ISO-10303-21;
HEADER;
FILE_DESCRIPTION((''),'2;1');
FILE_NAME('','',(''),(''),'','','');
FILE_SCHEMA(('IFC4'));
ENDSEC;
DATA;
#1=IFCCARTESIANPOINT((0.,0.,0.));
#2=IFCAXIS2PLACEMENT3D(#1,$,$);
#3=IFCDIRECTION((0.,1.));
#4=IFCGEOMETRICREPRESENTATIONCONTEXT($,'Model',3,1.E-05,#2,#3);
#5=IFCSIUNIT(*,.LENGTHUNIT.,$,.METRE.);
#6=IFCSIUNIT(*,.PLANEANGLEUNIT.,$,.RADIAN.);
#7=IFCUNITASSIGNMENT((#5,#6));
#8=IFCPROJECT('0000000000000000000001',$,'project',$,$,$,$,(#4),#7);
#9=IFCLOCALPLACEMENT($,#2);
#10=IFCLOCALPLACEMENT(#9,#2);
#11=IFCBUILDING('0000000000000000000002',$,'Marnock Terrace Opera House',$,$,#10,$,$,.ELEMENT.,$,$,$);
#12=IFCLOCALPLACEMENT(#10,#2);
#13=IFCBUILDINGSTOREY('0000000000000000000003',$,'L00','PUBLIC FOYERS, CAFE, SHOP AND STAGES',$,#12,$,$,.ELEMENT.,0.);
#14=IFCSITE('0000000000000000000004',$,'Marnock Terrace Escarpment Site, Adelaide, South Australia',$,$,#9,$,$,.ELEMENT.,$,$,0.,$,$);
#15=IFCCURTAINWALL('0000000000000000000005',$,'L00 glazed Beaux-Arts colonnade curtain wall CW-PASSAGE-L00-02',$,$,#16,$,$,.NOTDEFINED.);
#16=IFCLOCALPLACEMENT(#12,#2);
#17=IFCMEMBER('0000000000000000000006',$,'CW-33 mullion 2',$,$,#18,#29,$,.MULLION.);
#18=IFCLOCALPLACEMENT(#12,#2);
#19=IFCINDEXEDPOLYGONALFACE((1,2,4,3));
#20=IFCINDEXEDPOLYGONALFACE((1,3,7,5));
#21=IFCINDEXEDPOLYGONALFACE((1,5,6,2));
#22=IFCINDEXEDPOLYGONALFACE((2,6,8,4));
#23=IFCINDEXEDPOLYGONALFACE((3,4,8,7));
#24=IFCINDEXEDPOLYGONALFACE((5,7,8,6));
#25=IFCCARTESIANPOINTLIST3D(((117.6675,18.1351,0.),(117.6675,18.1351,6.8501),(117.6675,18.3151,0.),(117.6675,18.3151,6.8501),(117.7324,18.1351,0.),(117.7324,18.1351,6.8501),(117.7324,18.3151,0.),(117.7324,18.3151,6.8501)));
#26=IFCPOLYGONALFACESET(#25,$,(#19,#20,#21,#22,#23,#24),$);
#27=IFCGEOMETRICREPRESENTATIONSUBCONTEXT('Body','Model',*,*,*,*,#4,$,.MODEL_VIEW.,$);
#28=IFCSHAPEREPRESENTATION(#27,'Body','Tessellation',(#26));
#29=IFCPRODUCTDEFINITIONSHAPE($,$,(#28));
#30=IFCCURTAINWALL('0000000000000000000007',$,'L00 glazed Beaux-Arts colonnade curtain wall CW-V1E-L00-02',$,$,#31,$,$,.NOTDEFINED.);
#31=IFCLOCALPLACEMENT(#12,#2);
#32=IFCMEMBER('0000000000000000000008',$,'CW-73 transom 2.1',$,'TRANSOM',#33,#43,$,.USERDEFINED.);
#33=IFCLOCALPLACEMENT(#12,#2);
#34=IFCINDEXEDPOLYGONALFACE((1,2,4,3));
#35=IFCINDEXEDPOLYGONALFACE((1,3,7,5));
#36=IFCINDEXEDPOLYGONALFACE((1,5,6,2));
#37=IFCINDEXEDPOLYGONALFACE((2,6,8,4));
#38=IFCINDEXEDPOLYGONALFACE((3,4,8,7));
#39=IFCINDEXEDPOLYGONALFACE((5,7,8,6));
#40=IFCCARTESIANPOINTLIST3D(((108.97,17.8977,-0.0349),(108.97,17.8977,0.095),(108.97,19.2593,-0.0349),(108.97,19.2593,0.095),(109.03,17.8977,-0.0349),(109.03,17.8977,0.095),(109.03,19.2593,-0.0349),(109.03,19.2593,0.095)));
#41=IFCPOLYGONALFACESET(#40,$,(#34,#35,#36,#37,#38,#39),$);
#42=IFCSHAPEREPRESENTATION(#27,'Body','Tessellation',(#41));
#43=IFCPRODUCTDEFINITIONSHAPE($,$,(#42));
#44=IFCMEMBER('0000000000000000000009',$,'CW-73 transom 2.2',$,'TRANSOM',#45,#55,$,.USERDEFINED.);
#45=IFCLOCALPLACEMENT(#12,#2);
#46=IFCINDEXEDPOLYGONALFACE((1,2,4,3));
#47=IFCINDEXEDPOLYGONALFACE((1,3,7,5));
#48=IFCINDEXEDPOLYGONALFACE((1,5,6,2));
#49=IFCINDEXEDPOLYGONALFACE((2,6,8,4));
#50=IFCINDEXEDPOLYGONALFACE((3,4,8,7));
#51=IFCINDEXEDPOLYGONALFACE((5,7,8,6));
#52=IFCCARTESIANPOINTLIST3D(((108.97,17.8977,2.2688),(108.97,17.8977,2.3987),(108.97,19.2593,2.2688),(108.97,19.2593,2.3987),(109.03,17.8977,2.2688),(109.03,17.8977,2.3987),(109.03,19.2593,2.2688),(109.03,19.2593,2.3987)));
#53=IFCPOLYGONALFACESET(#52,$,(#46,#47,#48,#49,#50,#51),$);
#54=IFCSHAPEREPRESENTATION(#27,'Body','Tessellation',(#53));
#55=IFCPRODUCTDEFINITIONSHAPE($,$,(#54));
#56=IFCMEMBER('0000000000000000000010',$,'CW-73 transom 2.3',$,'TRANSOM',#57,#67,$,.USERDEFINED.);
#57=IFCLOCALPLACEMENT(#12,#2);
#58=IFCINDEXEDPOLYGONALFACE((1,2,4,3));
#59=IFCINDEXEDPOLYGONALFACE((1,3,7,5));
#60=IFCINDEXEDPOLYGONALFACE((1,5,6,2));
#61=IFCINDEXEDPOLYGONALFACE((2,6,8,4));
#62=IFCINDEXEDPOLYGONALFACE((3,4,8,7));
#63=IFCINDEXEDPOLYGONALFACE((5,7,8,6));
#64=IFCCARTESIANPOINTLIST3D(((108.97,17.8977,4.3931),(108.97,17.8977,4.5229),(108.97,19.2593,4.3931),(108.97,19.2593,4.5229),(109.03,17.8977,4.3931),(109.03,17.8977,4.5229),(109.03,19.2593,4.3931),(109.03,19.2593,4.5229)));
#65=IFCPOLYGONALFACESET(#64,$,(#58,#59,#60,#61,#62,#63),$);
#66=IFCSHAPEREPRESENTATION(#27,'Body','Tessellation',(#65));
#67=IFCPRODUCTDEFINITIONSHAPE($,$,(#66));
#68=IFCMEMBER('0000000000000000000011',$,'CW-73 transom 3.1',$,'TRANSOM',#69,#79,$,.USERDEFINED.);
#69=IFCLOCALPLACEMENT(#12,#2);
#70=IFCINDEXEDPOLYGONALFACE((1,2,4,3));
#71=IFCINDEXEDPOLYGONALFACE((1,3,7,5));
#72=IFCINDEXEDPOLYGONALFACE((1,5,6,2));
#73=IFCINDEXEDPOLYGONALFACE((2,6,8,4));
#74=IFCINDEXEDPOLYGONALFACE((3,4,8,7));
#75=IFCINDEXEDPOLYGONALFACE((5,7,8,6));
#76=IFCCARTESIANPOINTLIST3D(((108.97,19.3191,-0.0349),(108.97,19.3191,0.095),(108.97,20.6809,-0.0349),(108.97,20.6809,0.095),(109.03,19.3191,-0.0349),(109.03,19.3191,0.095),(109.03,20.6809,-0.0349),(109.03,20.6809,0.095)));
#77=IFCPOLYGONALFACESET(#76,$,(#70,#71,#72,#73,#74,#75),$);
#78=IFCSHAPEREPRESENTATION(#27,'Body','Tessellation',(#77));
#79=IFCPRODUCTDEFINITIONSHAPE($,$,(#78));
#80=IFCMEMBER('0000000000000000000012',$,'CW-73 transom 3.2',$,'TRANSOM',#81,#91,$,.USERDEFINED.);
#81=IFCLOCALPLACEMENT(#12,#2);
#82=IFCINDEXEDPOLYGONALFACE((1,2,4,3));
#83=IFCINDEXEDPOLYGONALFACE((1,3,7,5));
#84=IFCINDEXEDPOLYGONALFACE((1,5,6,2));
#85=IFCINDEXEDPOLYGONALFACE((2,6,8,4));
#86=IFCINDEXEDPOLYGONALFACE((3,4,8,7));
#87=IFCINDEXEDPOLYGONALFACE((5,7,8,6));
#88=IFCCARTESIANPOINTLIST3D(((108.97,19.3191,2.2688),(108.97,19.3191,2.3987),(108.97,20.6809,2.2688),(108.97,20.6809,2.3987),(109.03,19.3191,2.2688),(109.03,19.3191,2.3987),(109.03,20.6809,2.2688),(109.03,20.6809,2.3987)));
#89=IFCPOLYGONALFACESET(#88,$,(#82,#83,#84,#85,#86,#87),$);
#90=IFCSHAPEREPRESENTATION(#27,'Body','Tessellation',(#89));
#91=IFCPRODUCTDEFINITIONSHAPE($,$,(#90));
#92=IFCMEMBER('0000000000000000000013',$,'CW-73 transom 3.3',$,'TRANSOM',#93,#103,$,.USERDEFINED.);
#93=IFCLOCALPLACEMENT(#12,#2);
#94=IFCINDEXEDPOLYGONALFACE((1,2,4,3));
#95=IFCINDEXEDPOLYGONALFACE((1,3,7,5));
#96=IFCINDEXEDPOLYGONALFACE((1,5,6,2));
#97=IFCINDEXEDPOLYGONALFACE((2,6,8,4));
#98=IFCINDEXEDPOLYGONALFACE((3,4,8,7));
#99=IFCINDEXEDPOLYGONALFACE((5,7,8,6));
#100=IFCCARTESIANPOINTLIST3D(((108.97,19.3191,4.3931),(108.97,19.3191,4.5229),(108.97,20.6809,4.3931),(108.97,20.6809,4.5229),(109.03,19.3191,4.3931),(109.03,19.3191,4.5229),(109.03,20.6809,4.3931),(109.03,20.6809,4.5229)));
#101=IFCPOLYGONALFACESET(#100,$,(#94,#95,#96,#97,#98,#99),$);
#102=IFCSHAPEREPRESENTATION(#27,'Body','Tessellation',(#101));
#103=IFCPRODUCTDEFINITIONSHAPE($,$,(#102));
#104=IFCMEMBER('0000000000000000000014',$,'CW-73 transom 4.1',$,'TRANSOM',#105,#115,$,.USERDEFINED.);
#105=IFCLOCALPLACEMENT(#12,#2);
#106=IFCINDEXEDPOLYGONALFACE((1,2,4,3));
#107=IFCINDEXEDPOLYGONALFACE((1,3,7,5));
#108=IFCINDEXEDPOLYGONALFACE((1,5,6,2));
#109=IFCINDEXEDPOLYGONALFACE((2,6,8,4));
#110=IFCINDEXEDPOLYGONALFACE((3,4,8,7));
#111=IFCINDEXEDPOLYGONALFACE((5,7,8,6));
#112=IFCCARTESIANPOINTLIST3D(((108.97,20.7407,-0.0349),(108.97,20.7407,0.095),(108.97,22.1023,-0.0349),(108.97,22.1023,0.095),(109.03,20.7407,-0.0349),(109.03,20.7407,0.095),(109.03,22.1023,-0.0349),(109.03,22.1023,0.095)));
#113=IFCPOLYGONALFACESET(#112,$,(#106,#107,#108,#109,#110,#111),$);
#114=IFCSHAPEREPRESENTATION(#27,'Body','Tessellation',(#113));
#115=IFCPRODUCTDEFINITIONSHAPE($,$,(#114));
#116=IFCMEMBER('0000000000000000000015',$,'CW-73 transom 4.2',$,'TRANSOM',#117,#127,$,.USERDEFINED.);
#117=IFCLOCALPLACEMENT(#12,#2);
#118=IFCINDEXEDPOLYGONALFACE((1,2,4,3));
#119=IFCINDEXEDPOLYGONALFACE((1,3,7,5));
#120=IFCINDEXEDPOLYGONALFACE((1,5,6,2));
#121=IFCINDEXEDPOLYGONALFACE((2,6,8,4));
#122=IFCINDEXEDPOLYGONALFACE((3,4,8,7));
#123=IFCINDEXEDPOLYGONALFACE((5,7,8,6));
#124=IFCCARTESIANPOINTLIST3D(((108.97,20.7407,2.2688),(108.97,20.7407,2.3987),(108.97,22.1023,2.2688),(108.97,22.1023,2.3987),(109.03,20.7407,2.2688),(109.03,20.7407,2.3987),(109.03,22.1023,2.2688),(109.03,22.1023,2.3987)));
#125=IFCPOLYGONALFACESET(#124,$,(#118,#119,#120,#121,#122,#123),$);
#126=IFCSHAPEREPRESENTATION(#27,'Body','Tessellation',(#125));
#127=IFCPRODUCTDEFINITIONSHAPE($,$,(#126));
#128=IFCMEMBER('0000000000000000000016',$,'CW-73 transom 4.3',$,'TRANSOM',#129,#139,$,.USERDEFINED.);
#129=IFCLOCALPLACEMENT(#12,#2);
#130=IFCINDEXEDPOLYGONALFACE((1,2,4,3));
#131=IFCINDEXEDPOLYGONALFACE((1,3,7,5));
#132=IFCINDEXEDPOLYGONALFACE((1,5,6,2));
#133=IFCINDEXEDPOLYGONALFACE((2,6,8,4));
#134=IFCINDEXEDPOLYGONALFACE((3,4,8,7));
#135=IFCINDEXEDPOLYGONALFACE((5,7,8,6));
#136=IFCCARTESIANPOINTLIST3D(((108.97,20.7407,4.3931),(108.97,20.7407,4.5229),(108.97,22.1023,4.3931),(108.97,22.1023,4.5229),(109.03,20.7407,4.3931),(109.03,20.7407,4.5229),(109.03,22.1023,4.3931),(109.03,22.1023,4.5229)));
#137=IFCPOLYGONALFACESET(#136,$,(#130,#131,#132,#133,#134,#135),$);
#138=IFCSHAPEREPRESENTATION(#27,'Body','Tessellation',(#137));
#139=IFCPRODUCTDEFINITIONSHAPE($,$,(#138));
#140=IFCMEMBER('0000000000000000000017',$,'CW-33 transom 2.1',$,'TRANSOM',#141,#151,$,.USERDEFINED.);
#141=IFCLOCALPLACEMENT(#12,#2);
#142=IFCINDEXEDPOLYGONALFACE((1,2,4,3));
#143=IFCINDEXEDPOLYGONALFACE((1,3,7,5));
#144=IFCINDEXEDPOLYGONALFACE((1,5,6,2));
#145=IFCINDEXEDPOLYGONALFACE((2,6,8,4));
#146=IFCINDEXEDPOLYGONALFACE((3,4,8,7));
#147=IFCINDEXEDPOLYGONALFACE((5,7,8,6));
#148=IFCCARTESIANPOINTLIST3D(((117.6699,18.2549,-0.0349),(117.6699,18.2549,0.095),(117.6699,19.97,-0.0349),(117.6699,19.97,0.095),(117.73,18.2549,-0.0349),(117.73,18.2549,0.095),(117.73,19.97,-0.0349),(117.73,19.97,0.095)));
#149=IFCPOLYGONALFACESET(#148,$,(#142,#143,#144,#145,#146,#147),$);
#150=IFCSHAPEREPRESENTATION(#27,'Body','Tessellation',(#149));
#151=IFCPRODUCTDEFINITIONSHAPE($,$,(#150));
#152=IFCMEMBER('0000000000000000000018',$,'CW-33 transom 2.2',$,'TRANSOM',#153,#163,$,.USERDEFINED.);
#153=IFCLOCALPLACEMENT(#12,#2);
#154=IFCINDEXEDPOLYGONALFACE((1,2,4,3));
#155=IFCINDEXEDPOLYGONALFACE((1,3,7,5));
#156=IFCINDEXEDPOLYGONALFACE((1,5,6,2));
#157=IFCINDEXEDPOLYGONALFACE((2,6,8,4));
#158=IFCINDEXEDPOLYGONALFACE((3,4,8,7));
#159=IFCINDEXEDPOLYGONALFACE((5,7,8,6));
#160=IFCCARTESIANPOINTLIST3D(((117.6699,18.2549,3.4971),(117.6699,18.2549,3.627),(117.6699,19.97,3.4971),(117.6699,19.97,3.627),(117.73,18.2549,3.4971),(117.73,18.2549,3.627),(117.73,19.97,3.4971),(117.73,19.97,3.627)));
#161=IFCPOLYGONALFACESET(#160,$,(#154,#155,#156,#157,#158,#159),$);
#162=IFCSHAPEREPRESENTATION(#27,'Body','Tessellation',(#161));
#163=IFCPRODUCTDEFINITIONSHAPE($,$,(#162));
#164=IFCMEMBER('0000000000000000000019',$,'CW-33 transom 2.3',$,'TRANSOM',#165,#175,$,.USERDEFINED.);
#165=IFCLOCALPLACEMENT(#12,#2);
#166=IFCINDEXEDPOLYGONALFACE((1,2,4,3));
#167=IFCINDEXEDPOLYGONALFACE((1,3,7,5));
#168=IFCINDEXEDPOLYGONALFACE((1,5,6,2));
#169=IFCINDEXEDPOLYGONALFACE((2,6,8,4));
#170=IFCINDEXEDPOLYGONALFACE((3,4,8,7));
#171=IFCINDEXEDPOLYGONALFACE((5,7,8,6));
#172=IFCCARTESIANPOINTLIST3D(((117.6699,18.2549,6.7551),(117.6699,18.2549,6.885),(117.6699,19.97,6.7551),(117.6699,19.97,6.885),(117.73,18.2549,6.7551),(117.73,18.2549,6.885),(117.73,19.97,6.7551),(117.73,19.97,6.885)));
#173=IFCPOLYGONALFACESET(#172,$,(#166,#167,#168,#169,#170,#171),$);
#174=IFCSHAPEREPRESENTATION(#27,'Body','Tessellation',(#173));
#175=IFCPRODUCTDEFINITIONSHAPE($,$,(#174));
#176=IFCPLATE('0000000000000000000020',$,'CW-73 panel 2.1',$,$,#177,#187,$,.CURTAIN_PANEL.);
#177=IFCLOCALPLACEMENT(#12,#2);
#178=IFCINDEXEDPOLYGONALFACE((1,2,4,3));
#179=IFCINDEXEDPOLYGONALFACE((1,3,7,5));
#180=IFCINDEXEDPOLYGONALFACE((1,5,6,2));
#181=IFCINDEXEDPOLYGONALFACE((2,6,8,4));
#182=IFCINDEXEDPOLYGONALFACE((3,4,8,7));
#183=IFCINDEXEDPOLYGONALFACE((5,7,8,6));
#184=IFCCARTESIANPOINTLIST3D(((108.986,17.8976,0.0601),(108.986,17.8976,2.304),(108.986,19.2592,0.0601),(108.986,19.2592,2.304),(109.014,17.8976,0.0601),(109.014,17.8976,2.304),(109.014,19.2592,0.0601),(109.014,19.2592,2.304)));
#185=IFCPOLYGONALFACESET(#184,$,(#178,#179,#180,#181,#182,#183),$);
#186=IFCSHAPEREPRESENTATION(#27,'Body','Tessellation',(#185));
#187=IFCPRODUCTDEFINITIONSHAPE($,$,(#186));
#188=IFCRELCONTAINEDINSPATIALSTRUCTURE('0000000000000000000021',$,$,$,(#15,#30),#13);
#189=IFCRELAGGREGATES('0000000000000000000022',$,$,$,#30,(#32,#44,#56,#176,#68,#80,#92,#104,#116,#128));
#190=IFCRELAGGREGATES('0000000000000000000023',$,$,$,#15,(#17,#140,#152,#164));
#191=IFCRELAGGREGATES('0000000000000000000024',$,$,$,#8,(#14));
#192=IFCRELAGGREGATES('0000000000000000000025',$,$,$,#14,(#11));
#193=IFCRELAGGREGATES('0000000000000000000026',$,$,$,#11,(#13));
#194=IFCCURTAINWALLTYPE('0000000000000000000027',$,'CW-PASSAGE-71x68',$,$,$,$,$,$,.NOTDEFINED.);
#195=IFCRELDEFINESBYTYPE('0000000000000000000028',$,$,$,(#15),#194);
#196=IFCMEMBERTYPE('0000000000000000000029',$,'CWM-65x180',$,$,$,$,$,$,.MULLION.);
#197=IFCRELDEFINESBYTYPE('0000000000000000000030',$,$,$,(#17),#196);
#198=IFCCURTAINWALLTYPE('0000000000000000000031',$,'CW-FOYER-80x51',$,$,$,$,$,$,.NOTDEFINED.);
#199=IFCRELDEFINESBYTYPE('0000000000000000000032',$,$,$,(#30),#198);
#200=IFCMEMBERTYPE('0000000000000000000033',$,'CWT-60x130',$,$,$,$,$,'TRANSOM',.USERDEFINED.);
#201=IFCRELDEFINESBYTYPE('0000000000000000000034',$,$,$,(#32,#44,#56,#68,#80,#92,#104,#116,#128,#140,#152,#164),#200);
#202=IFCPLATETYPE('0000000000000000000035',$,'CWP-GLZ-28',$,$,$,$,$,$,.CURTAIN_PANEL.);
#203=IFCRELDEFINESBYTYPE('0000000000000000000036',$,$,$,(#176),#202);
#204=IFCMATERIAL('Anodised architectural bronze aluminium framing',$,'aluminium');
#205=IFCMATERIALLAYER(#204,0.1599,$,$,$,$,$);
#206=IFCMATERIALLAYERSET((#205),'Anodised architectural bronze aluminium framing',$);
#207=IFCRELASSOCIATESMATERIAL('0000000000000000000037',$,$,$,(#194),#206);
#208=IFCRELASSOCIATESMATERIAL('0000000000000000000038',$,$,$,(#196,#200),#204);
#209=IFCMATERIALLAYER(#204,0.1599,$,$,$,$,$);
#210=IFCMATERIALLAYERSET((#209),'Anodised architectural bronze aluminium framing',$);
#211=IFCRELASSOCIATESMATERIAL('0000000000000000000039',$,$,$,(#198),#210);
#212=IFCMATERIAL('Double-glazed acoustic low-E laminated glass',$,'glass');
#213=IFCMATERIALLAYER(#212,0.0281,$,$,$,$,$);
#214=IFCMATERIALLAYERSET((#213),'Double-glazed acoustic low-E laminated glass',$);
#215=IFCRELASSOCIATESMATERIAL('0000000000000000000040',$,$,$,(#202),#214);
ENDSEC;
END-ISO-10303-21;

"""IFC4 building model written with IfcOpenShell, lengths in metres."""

from ifc_helpers import new_model, si_unit, direction, frame, origin, origin_2d, place, context, subcontext, project, spatial, rectangle, extrude, material, layer, layer_set, material_profile, profile_set, type_object, element, aggregate, save


model = new_model("IFC4")

# Units and contexts
model_context = context("Model", 3, precision=1e-05, world=origin(), true_north=direction((0.0, 1.0)))
body_context = subcontext(model_context, "Body", "Model", "MODEL_VIEW")
ifc_project = project(units=[si_unit("LENGTHUNIT", "METRE"), si_unit("PLANEANGLEUNIT", "RADIAN")], contexts=[model_context])

# Site, building, storey
site_placement = place(None, origin())
site = spatial("IfcSite", under=ifc_project, at=site_placement, Name="Marnock Terrace Escarpment Site, Adelaide, South Australia", CompositionType="ELEMENT", RefElevation=0.0)
building_placement = place(site_placement, origin())
building = spatial("IfcBuilding", under=site, at=building_placement, Name="Marnock Terrace Opera House", CompositionType="ELEMENT")
storey_placement = place(building_placement, origin())
storey = spatial("IfcBuildingStorey", under=building, at=storey_placement, Name="L00", Description="PUBLIC FOYERS, CAFE, SHOP AND STAGES", CompositionType="ELEMENT", Elevation=0.0)

# Curtain wall, member
ifc_material_1 = material(Name="Anodised architectural bronze aluminium framing", Category="aluminium")
ifc_layer_1 = layer(ifc_material_1, 0.1599)
ifc_layer_set_1 = layer_set([ifc_layer_1], Name="Anodised architectural bronze aluminium framing")
curtain_wall_type_1 = type_object("IfcCurtainWallType", Name="CW-PASSAGE-71x68", PredefinedType="NOTDEFINED", material=ifc_layer_set_1)
curtain_wall_1_placement = place(storey_placement, origin())
curtain_wall_1 = element("IfcCurtainWall", 1, at=curtain_wall_1_placement, inside=storey, type_object=curtain_wall_type_1, Name="L00 glazed Beaux-Arts colonnade curtain wall CW-PASSAGE-L00-02", PredefinedType="NOTDEFINED")
ifc_material_profile_1 = material_profile(ifc_material_1, rectangle(XDim=0.0649, YDim=0.1799, at=origin_2d()))
ifc_profile_set_1 = profile_set([ifc_material_profile_1], Name="Anodised architectural bronze aluminium framing")
member_type_1 = type_object("IfcMemberType", Name="CWM-65x180", PredefinedType="MULLION", material=ifc_profile_set_1)
member_1_placement = place(storey_placement, frame((117.7, 18.2251, 0.0), z_axis=(0.0, 0.0, 1.0), x_axis=(-1.0, 0.0, 0.0)))
member_1 = element("IfcMember", 2, at=member_1_placement, type_object=member_type_1, Name="CW-33 mullion 2", PredefinedType="MULLION", context=body_context, shape_type="SweptSolid", body=[
    extrude(rectangle(XDim=0.0649, YDim=0.1799, at=origin_2d()), origin(), (0.0, 0.0, 1.0), 6.8501),
])

# Curtain wall, members
ifc_layer_2 = layer(ifc_material_1, 0.1599)
ifc_layer_set_2 = layer_set([ifc_layer_2], Name="Anodised architectural bronze aluminium framing")
curtain_wall_type_2 = type_object("IfcCurtainWallType", Name="CW-FOYER-80x51", PredefinedType="NOTDEFINED", material=ifc_layer_set_2)
curtain_wall_2_placement = place(storey_placement, origin())
curtain_wall_2 = element("IfcCurtainWall", 3, at=curtain_wall_2_placement, inside=storey, type_object=curtain_wall_type_2, Name="L00 glazed Beaux-Arts colonnade curtain wall CW-V1E-L00-02", PredefinedType="NOTDEFINED")
ifc_material_profile_2 = material_profile(ifc_material_1, rectangle(XDim=0.0601, YDim=0.1299, at=origin_2d()))
ifc_profile_set_2 = profile_set([ifc_material_profile_2], Name="Anodised architectural bronze aluminium framing")
member_type_2 = type_object("IfcMemberType", Name="CWT-60x130", ElementType="TRANSOM", PredefinedType="USERDEFINED", material=ifc_profile_set_2)
member_2_placement = place(storey_placement, frame((109.0, 17.8977, 0.03), z_axis=(0.0, 1.0, 0.0), x_axis=(-1.0, 0.0, 0.0)))
member_2 = element("IfcMember", 4, at=member_2_placement, type_object=member_type_2, Name="CW-73 transom 2.1", ObjectType="TRANSOM", PredefinedType="USERDEFINED", context=body_context, shape_type="SweptSolid", body=[
    extrude(rectangle(XDim=0.0601, YDim=0.1299, at=origin_2d()), origin(), (0.0, 0.0, 1.0), 1.3616),
])
member_3_placement = place(storey_placement, frame((109.0, 17.8977, 2.3337), z_axis=(0.0, 1.0, 0.0), x_axis=(-1.0, 0.0, 0.0)))
member_3 = element("IfcMember", 5, at=member_3_placement, type_object=member_type_2, Name="CW-73 transom 2.2", ObjectType="TRANSOM", PredefinedType="USERDEFINED", context=body_context, shape_type="SweptSolid", body=[
    extrude(rectangle(XDim=0.0601, YDim=0.1299, at=origin_2d()), origin(), (0.0, 0.0, 1.0), 1.3616),
])
member_4_placement = place(storey_placement, frame((109.0, 17.8977, 4.458), z_axis=(0.0, 1.0, 0.0), x_axis=(-1.0, 0.0, 0.0)))
member_4 = element("IfcMember", 6, at=member_4_placement, type_object=member_type_2, Name="CW-73 transom 2.3", ObjectType="TRANSOM", PredefinedType="USERDEFINED", context=body_context, shape_type="SweptSolid", body=[
    extrude(rectangle(XDim=0.0601, YDim=0.1299, at=origin_2d()), origin(), (0.0, 0.0, 1.0), 1.3616),
])
member_5_placement = place(storey_placement, frame((109.0, 19.3191, 0.03), z_axis=(0.0, 1.0, 0.0), x_axis=(-1.0, 0.0, 0.0)))
member_5 = element("IfcMember", 7, at=member_5_placement, type_object=member_type_2, Name="CW-73 transom 3.1", ObjectType="TRANSOM", PredefinedType="USERDEFINED", context=body_context, shape_type="SweptSolid", body=[
    extrude(rectangle(XDim=0.0601, YDim=0.1299, at=origin_2d()), origin(), (0.0, 0.0, 1.0), 1.3618),
])
member_6_placement = place(storey_placement, frame((109.0, 19.3191, 2.3337), z_axis=(0.0, 1.0, 0.0), x_axis=(-1.0, 0.0, 0.0)))
member_6 = element("IfcMember", 8, at=member_6_placement, type_object=member_type_2, Name="CW-73 transom 3.2", ObjectType="TRANSOM", PredefinedType="USERDEFINED", context=body_context, shape_type="SweptSolid", body=[
    extrude(rectangle(XDim=0.0601, YDim=0.1299, at=origin_2d()), origin(), (0.0, 0.0, 1.0), 1.3618),
])
member_7_placement = place(storey_placement, frame((109.0, 19.3191, 4.458), z_axis=(0.0, 1.0, 0.0), x_axis=(-1.0, 0.0, 0.0)))
member_7 = element("IfcMember", 9, at=member_7_placement, type_object=member_type_2, Name="CW-73 transom 3.3", ObjectType="TRANSOM", PredefinedType="USERDEFINED", context=body_context, shape_type="SweptSolid", body=[
    extrude(rectangle(XDim=0.0601, YDim=0.1299, at=origin_2d()), origin(), (0.0, 0.0, 1.0), 1.3618),
])
member_8_placement = place(storey_placement, frame((109.0, 20.7407, 0.03), z_axis=(0.0, 1.0, 0.0), x_axis=(-1.0, 0.0, 0.0)))
member_8 = element("IfcMember", 10, at=member_8_placement, type_object=member_type_2, Name="CW-73 transom 4.1", ObjectType="TRANSOM", PredefinedType="USERDEFINED", context=body_context, shape_type="SweptSolid", body=[
    extrude(rectangle(XDim=0.0601, YDim=0.1299, at=origin_2d()), origin(), (0.0, 0.0, 1.0), 1.3616),
])
member_9_placement = place(storey_placement, frame((109.0, 20.7407, 2.3337), z_axis=(0.0, 1.0, 0.0), x_axis=(-1.0, 0.0, 0.0)))
member_9 = element("IfcMember", 11, at=member_9_placement, type_object=member_type_2, Name="CW-73 transom 4.2", ObjectType="TRANSOM", PredefinedType="USERDEFINED", context=body_context, shape_type="SweptSolid", body=[
    extrude(rectangle(XDim=0.0601, YDim=0.1299, at=origin_2d()), origin(), (0.0, 0.0, 1.0), 1.3616),
])
member_10_placement = place(storey_placement, frame((109.0, 20.7407, 4.458), z_axis=(0.0, 1.0, 0.0), x_axis=(-1.0, 0.0, 0.0)))
member_10 = element("IfcMember", 12, at=member_10_placement, type_object=member_type_2, Name="CW-73 transom 4.3", ObjectType="TRANSOM", PredefinedType="USERDEFINED", context=body_context, shape_type="SweptSolid", body=[
    extrude(rectangle(XDim=0.0601, YDim=0.1299, at=origin_2d()), origin(), (0.0, 0.0, 1.0), 1.3616),
])

# Members
member_11_placement = place(storey_placement, frame((117.7, 18.2549, 0.03), z_axis=(0.0, 1.0, 0.0), x_axis=(-1.0, 0.0, 0.0)))
member_11 = element("IfcMember", 13, at=member_11_placement, type_object=member_type_2, Name="CW-33 transom 2.1", ObjectType="TRANSOM", PredefinedType="USERDEFINED", context=body_context, shape_type="SweptSolid", body=[
    extrude(rectangle(XDim=0.0601, YDim=0.1299, at=origin_2d()), origin(), (0.0, 0.0, 1.0), 1.7151),
])
member_12_placement = place(storey_placement, frame((117.7, 18.2549, 3.562), z_axis=(0.0, 1.0, 0.0), x_axis=(-1.0, 0.0, 0.0)))
member_12 = element("IfcMember", 14, at=member_12_placement, type_object=member_type_2, Name="CW-33 transom 2.2", ObjectType="TRANSOM", PredefinedType="USERDEFINED", context=body_context, shape_type="SweptSolid", body=[
    extrude(rectangle(XDim=0.0601, YDim=0.1299, at=origin_2d()), origin(), (0.0, 0.0, 1.0), 1.7151),
])
member_13_placement = place(storey_placement, frame((117.7, 18.2549, 6.8201), z_axis=(0.0, 1.0, 0.0), x_axis=(-1.0, 0.0, 0.0)))
member_13 = element("IfcMember", 15, at=member_13_placement, type_object=member_type_2, Name="CW-33 transom 2.3", ObjectType="TRANSOM", PredefinedType="USERDEFINED", context=body_context, shape_type="SweptSolid", body=[
    extrude(rectangle(XDim=0.0601, YDim=0.1299, at=origin_2d()), origin(), (0.0, 0.0, 1.0), 1.7151),
])

# Plate
ifc_material_2 = material(Name="Double-glazed acoustic low-E laminated glass", Category="glass")
ifc_layer_3 = layer(ifc_material_2, 0.0281)
ifc_layer_set_3 = layer_set([ifc_layer_3], Name="Double-glazed acoustic low-E laminated glass")
plate_type = type_object("IfcPlateType", Name="CWP-GLZ-28", PredefinedType="CURTAIN_PANEL", material=ifc_layer_set_3)
plate_1_placement = place(storey_placement, frame((109.0, 18.5784, 0.0601), z_axis=(0.0, 0.0, 1.0), x_axis=(0.0, 1.0, 0.0)))
plate_1 = element("IfcPlate", 16, at=plate_1_placement, type_object=plate_type, Name="CW-73 panel 2.1", PredefinedType="CURTAIN_PANEL", context=body_context, shape_type="SweptSolid", body=[
    extrude(rectangle(XDim=1.3616, YDim=0.0281, at=origin_2d()), origin(), (0.0, 0.0, 1.0), 2.2439),
])
aggregate(curtain_wall_2, [member_2, member_3, member_4, plate_1, member_5, member_6, member_7, member_8, member_9, member_10])
aggregate(curtain_wall_1, [member_1, member_11, member_12, member_13])

save(model, "model.ifc")
